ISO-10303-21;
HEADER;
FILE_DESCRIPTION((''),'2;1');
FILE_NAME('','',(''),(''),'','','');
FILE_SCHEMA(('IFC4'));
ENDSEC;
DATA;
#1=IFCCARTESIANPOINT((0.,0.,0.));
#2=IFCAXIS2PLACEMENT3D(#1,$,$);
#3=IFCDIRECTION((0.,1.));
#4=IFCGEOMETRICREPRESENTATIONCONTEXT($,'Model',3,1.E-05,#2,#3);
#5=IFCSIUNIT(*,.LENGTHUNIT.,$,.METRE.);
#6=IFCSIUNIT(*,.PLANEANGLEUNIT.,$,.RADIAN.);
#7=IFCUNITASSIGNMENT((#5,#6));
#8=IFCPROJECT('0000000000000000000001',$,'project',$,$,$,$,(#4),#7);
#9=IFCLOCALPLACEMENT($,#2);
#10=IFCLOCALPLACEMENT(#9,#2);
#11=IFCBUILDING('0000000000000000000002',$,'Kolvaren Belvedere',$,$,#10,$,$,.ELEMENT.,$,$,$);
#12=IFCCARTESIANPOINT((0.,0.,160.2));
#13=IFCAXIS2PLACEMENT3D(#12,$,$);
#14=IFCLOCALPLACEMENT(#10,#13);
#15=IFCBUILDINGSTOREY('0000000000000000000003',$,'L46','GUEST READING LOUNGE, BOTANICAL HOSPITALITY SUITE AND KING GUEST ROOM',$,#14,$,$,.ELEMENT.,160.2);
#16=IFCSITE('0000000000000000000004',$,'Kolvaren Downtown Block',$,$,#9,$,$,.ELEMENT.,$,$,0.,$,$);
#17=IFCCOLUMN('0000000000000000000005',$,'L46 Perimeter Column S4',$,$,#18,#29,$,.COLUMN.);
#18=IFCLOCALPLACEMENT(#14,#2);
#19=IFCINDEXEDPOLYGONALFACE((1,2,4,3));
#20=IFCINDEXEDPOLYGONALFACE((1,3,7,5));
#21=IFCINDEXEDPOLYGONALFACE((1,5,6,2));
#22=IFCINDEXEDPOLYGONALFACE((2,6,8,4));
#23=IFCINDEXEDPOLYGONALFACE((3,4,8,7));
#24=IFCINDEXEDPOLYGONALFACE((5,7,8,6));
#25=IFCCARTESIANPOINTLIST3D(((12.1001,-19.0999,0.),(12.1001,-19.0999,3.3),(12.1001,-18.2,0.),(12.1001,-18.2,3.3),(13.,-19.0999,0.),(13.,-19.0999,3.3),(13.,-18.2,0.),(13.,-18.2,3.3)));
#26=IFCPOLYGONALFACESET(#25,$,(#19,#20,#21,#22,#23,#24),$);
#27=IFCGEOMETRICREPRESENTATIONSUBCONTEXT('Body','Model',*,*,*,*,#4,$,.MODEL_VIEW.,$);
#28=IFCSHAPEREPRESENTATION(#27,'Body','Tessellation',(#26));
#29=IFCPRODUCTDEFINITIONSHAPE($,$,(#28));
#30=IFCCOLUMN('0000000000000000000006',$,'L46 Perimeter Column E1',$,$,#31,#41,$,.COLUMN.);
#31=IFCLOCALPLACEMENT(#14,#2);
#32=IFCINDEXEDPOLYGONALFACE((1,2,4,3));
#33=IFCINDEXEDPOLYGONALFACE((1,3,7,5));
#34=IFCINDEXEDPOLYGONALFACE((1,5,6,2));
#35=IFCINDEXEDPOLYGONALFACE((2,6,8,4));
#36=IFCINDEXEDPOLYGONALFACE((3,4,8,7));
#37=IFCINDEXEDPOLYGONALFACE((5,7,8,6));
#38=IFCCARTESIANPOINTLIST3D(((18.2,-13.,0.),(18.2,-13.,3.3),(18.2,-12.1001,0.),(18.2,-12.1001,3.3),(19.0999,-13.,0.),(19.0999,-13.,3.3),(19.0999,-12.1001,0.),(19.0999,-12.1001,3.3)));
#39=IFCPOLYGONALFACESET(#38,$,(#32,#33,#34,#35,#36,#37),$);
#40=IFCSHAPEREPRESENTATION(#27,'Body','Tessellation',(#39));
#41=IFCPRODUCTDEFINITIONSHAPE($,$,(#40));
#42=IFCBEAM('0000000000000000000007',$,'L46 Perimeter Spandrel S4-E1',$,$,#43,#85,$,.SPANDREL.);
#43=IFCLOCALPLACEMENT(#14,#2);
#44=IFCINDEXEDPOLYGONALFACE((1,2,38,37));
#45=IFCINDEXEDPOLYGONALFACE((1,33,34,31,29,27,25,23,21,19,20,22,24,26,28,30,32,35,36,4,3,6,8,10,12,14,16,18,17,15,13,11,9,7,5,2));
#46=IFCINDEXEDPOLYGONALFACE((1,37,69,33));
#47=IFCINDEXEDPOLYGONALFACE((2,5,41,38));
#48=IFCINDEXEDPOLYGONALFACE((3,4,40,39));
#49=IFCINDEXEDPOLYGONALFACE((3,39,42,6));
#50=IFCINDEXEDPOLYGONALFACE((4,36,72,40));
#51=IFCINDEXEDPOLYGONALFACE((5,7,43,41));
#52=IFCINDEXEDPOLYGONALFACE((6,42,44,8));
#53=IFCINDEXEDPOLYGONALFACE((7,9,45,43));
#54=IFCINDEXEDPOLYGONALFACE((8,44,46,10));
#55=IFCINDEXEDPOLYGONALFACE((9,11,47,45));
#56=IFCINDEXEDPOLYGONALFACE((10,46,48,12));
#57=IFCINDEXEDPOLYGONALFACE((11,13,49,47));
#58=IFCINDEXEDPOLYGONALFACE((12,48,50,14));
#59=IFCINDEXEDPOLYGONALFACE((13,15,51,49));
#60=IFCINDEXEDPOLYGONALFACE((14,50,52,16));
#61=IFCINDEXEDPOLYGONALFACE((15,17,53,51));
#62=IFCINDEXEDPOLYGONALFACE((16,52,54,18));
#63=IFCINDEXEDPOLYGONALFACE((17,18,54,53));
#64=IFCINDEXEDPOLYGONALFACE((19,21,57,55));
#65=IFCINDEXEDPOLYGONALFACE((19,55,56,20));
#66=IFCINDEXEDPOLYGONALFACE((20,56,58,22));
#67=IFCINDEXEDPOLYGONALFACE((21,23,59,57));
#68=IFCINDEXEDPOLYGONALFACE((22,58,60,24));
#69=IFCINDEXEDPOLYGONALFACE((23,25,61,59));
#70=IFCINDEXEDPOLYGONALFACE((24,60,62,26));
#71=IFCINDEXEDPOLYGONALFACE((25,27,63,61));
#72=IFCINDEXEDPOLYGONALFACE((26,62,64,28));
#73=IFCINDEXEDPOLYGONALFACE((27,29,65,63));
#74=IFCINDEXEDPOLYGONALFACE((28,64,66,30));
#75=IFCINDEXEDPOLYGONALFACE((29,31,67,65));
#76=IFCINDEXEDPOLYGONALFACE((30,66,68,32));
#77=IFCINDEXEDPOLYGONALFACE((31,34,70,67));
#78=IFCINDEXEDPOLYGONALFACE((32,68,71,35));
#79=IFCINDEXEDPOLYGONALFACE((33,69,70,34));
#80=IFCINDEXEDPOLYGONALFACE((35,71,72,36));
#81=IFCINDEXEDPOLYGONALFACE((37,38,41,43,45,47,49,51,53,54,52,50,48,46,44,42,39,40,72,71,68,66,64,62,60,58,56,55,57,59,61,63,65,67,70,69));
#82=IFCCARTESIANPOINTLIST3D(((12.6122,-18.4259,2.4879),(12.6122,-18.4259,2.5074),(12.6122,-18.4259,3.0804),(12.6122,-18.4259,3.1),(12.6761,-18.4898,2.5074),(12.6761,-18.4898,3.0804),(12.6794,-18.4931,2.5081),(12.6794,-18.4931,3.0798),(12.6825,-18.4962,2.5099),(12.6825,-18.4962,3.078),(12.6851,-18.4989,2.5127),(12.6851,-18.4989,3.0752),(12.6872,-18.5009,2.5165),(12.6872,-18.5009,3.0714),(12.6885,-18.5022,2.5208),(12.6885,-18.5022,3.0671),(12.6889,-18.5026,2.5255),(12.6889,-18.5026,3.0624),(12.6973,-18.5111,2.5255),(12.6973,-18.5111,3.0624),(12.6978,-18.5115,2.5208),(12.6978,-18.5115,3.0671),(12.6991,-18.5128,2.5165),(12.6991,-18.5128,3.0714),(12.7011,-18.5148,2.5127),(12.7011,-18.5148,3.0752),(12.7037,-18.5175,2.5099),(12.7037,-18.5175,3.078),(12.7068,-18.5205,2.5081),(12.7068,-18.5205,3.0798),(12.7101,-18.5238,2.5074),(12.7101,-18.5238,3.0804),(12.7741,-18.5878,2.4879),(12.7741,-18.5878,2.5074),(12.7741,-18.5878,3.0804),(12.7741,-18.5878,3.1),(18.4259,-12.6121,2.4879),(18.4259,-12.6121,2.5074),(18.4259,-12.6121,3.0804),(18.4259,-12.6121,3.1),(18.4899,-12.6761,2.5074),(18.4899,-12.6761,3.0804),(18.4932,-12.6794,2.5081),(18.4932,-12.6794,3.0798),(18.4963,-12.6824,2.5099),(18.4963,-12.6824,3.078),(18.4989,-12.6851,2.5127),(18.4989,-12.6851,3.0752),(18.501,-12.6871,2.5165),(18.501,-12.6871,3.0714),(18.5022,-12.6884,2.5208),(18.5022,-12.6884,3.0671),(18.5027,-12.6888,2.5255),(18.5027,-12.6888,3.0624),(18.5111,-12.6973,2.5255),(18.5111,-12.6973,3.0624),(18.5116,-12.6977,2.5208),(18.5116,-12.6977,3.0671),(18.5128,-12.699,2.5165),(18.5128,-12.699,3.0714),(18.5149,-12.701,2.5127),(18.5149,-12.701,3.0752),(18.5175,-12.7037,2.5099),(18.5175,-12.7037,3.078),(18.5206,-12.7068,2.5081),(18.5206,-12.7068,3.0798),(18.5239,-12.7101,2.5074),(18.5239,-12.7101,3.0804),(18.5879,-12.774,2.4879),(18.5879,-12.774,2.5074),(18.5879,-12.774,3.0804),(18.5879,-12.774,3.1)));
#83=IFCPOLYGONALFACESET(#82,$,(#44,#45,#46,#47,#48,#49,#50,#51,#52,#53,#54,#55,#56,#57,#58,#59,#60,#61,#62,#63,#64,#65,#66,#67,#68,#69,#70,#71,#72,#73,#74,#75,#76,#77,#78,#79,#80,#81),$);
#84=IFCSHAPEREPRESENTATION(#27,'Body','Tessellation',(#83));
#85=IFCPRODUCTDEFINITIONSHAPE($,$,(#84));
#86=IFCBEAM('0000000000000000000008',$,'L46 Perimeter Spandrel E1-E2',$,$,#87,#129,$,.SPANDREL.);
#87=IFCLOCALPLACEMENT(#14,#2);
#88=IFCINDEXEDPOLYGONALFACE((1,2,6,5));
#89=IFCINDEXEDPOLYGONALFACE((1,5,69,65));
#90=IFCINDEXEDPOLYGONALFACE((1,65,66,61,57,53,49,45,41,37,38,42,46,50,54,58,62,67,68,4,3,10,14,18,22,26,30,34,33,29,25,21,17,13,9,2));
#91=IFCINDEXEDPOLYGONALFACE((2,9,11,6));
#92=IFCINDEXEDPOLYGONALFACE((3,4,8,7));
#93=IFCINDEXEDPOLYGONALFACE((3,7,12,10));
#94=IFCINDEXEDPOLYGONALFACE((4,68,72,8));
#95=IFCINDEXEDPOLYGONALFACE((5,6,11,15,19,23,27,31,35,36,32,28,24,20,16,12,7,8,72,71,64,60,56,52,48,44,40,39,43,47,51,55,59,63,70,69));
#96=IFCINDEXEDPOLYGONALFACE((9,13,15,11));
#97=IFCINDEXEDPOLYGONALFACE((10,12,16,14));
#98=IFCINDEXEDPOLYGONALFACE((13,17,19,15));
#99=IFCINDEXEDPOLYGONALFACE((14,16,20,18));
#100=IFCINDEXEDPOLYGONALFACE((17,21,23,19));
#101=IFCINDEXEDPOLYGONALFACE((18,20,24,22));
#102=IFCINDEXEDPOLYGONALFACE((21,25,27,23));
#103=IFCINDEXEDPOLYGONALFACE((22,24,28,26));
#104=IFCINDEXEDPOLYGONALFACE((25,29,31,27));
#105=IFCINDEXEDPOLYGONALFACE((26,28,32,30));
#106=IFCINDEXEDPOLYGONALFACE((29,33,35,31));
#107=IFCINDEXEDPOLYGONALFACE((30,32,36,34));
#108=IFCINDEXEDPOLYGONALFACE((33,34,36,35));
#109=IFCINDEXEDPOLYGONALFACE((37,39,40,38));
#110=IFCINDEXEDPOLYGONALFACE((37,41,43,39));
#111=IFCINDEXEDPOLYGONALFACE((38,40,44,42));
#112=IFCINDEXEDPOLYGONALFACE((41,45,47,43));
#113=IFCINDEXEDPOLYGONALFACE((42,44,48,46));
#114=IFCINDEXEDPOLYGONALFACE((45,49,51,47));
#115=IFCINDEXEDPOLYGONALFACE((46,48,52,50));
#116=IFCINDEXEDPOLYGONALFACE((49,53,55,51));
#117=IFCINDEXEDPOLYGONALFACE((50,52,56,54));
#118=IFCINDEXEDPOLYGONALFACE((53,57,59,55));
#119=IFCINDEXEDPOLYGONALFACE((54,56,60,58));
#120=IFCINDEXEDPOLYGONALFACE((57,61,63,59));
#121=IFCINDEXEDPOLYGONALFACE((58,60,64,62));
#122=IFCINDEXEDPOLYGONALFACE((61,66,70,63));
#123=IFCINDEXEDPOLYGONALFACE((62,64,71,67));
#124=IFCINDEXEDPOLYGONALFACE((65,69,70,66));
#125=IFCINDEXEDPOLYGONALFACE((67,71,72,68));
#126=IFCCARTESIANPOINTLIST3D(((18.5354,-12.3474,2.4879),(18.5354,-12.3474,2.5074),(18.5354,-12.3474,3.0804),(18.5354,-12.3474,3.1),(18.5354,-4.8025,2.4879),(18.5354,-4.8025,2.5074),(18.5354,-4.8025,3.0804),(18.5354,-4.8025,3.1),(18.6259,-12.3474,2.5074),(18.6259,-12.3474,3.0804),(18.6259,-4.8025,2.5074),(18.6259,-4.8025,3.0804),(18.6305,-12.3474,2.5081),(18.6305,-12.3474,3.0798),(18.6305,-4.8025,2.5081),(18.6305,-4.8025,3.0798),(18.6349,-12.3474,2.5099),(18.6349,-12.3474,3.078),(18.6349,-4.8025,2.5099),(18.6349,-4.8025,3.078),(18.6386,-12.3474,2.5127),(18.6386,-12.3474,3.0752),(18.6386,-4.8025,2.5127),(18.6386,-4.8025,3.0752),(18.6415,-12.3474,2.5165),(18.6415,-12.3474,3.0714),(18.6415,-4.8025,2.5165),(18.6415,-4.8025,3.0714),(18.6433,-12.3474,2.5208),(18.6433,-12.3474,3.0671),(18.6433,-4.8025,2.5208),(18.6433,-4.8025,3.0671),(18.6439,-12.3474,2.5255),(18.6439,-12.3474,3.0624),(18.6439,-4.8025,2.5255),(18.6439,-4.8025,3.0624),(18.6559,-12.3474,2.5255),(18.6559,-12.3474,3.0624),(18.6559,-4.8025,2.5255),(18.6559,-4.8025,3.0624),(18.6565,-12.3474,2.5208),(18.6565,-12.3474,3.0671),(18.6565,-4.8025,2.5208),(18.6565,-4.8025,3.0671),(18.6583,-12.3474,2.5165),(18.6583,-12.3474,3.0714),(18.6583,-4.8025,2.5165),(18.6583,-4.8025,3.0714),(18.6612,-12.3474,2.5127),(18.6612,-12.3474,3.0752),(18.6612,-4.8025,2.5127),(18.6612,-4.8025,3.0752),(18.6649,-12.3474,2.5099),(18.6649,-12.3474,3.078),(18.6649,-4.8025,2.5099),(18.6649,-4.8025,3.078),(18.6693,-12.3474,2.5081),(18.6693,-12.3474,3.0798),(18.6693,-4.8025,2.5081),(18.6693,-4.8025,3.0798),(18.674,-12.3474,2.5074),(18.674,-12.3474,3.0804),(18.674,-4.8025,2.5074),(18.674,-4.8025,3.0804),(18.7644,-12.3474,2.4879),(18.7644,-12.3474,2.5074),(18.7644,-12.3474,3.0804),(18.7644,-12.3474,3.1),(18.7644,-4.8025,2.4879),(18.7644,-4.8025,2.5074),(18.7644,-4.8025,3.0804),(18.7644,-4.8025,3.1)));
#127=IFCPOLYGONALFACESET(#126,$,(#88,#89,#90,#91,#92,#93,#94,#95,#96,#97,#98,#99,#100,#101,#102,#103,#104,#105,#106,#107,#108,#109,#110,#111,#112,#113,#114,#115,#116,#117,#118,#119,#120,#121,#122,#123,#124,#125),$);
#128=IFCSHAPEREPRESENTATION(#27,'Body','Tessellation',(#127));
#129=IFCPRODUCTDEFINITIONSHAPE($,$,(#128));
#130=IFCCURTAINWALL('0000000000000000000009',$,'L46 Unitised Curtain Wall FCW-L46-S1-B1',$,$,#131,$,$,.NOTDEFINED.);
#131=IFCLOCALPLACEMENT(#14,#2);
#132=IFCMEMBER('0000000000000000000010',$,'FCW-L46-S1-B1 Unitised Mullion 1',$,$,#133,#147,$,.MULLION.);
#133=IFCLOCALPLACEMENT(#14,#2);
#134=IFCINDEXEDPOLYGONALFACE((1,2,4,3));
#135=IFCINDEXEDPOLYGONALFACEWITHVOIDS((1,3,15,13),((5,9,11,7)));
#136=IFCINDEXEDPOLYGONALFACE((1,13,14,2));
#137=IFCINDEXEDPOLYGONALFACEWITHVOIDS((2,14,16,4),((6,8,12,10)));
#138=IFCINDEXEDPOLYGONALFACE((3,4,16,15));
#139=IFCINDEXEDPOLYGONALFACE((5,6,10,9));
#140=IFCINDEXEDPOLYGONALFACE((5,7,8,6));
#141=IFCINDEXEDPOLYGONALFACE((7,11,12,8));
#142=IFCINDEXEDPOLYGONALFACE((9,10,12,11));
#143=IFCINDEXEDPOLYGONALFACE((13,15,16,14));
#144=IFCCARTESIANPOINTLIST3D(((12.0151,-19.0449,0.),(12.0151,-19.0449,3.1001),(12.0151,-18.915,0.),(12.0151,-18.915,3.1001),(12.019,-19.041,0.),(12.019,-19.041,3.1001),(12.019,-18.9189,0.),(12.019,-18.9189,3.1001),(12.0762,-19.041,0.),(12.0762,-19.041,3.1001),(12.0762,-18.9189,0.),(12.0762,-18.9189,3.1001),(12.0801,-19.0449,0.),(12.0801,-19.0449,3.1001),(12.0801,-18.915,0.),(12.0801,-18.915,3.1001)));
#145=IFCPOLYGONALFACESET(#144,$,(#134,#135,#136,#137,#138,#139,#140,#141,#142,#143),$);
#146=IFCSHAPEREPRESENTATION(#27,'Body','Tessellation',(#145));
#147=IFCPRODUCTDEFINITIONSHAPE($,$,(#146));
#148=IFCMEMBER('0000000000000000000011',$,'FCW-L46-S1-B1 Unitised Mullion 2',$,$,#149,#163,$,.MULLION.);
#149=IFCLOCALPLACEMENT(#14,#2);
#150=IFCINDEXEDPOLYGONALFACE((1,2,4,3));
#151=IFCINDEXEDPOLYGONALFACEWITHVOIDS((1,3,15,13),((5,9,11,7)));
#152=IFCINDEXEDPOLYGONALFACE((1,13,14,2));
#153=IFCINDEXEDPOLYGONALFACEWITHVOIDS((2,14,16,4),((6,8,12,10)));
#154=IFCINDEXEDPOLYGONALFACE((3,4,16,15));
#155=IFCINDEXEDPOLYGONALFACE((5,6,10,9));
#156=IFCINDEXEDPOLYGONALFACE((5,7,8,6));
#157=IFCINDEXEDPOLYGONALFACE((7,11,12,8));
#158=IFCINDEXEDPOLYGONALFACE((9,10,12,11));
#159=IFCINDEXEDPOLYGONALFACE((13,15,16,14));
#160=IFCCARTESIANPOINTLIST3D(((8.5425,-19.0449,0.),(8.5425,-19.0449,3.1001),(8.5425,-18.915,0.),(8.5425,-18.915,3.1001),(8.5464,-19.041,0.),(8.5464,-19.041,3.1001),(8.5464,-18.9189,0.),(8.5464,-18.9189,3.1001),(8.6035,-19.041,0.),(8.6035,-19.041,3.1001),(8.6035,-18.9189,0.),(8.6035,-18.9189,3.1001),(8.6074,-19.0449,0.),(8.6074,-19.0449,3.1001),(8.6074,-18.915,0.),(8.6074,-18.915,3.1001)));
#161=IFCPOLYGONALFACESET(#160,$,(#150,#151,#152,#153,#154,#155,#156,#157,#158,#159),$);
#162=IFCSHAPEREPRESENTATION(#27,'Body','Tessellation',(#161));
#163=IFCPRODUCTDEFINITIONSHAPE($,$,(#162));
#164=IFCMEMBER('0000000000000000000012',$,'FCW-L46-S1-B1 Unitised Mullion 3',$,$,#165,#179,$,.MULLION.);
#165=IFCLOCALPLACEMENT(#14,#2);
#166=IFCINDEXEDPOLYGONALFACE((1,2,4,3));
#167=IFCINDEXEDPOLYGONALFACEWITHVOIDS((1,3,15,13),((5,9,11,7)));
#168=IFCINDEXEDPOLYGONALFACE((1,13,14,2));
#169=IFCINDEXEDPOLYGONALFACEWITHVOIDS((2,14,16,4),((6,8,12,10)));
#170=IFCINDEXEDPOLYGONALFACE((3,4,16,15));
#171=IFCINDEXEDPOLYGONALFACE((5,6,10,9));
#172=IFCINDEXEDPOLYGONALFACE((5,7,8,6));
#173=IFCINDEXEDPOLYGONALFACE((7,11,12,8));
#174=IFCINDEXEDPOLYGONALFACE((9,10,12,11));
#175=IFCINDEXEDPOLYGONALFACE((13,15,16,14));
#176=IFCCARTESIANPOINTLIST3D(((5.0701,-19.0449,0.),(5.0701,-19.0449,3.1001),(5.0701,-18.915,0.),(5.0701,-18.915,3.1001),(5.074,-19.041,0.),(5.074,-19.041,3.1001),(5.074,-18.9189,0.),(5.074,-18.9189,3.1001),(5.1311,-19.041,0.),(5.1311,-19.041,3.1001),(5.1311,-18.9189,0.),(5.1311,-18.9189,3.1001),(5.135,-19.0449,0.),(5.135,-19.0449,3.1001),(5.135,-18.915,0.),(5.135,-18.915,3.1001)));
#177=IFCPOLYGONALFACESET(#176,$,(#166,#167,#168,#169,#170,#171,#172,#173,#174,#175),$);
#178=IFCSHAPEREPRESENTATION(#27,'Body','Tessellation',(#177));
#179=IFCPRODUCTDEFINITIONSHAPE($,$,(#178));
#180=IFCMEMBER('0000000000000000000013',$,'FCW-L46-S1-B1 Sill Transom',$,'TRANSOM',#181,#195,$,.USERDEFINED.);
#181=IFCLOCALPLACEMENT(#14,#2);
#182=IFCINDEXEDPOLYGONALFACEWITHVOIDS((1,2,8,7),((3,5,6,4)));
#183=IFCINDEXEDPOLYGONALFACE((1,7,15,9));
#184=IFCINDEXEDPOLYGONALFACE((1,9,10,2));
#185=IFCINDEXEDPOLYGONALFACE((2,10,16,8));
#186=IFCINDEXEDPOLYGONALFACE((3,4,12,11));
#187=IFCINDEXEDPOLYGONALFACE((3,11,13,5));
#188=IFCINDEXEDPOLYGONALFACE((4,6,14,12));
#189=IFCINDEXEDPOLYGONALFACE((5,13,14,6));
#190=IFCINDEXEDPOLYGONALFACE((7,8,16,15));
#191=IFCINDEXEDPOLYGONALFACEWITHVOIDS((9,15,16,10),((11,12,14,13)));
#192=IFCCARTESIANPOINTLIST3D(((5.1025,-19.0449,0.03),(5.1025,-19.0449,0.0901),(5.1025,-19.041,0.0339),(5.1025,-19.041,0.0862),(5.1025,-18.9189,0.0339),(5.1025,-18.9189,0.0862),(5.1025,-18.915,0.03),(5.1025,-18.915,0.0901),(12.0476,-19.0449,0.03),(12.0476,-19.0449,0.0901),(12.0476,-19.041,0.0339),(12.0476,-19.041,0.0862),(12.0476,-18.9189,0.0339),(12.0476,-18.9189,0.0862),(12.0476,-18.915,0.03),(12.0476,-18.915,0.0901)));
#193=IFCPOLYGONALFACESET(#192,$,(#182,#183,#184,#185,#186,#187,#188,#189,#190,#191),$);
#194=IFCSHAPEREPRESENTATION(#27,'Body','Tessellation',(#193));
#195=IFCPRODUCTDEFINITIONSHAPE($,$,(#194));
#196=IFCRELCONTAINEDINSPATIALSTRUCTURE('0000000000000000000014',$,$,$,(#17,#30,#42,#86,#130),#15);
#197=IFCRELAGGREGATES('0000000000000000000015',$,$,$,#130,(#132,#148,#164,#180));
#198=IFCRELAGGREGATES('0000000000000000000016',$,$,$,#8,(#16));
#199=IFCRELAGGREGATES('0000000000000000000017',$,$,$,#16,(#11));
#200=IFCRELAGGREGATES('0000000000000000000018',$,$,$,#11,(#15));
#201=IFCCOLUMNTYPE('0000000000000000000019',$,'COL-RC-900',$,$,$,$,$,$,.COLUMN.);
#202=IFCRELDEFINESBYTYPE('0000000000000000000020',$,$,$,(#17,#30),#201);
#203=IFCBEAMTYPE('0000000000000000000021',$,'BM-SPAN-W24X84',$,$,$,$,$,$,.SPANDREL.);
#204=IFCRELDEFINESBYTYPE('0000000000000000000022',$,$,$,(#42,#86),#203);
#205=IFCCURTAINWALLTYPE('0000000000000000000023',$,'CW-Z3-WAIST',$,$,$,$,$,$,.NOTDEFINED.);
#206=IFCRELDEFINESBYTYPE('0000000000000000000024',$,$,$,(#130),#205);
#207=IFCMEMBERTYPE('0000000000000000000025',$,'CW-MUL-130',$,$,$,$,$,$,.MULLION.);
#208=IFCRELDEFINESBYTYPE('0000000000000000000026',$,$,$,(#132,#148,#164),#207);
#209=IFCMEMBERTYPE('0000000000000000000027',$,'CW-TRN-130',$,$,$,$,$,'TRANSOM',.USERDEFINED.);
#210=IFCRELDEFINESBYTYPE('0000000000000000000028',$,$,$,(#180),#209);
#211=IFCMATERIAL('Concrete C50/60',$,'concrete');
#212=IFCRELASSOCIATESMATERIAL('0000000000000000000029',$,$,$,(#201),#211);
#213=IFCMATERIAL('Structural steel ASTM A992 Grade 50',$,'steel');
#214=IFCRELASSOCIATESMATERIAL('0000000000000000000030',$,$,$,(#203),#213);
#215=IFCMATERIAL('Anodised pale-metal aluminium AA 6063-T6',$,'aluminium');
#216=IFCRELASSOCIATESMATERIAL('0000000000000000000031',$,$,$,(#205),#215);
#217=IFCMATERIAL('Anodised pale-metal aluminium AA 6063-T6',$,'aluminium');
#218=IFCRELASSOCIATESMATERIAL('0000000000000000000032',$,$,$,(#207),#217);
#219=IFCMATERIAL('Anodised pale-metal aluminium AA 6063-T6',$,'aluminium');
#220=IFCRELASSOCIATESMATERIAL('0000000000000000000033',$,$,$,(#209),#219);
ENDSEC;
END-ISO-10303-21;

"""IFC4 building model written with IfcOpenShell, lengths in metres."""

from ifc_helpers import new_model, si_unit, direction, frame, origin, origin_2d, place, context, subcontext, project, spatial, rectangle, hollow_rectangle, i_section, extrude, material, material_profile, profile_set, type_object, element, aggregate, save


model = new_model("IFC4")

# Units and contexts
model_context = context("Model", 3, precision=1e-05, world=origin(), true_north=direction((0.0, 1.0)))
body_context = subcontext(model_context, "Body", "Model", "MODEL_VIEW")
ifc_project = project(units=[si_unit("LENGTHUNIT", "METRE"), si_unit("PLANEANGLEUNIT", "RADIAN")], contexts=[model_context])

# Site, building, storey
site_placement = place(None, origin())
site = spatial("IfcSite", under=ifc_project, at=site_placement, Name="Kolvaren Downtown Block", CompositionType="ELEMENT", RefElevation=0.0)
building_placement = place(site_placement, origin())
building = spatial("IfcBuilding", under=site, at=building_placement, Name="Kolvaren Belvedere", CompositionType="ELEMENT")
storey_placement = place(building_placement, frame((0.0, 0.0, 160.2)))
storey = spatial("IfcBuildingStorey", under=building, at=storey_placement, Name="L46", Description="GUEST READING LOUNGE, BOTANICAL HOSPITALITY SUITE AND KING GUEST ROOM", CompositionType="ELEMENT", Elevation=160.2)

# Columns
ifc_material_1 = material(Name="Concrete C50/60", Category="concrete")
ifc_material_profile_1 = material_profile(ifc_material_1, rectangle(XDim=0.8999, YDim=0.8999, at=origin_2d()), Name="RC 900X900")
ifc_profile_set_1 = profile_set([ifc_material_profile_1], Name="Concrete C50/60")
column_type = type_object("IfcColumnType", Name="COL-RC-900", PredefinedType="COLUMN", material=ifc_profile_set_1)
for number, where, z_axis, x_axis, name in (
    (1, (12.55, -18.6499, 0.0), (0.0, 0.0, 1.0), (1.0, 0.0, 0.0), "L46 Perimeter Column S4"),
    (2, (18.6499, -12.55, 0.0), (0.0, 0.0, 1.0), (1.0, 0.0, 0.0), "L46 Perimeter Column E1"),
):
    element("IfcColumn", number, at=place(storey_placement, frame(where, z_axis=z_axis, x_axis=x_axis)), inside=storey, type_object=column_type, Name=name, PredefinedType="COLUMN", context=body_context, shape_type="SweptSolid", body=[
        extrude(rectangle(XDim=0.8999, YDim=0.8999, at=origin_2d()), origin(), (0.0, 0.0, 1.0), 3.3),
    ])

# Beams
ifc_material_2 = material(Name="Structural steel ASTM A992 Grade 50", Category="steel")
ifc_material_profile_2 = material_profile(ifc_material_2, i_section(OverallWidth=0.229, OverallDepth=0.6121, WebThickness=0.012, FlangeThickness=0.0195, FilletRadius=0.0181, at=origin_2d()), Name="W24X84")
ifc_profile_set_2 = profile_set([ifc_material_profile_2], Name="Structural steel ASTM A992 Grade 50")
beam_type = type_object("IfcBeamType", Name="BM-SPAN-W24X84", PredefinedType="SPANDREL", material=ifc_profile_set_2)
beam_1_placement = place(storey_placement, frame((12.6931, -18.5068, 2.7939), z_axis=(0.707107, 0.707107, 0.0), x_axis=(-0.707107, 0.707107, 0.0)))
element("IfcBeam", 3, at=beam_1_placement, inside=storey, type_object=beam_type, Name="L46 Perimeter Spandrel S4-E1", PredefinedType="SPANDREL", context=body_context, shape_type="SweptSolid", body=[
    extrude(i_section(OverallWidth=0.229, OverallDepth=0.6121, WebThickness=0.012, FlangeThickness=0.0195, FilletRadius=0.0181, at=origin_2d()), origin(), (0.0, 0.0, 1.0), 8.2219),
])
beam_2_placement = place(storey_placement, frame((18.6499, -12.3474, 2.7939), z_axis=(0.0, 1.0, 0.0), x_axis=(-1.0, 0.0, 0.0)))
element("IfcBeam", 4, at=beam_2_placement, inside=storey, type_object=beam_type, Name="L46 Perimeter Spandrel E1-E2", PredefinedType="SPANDREL", context=body_context, shape_type="SweptSolid", body=[
    extrude(i_section(OverallWidth=0.229, OverallDepth=0.6121, WebThickness=0.012, FlangeThickness=0.0195, FilletRadius=0.0181, at=origin_2d()), origin(), (0.0, 0.0, 1.0), 7.5449),
])

# Curtain wall, members
ifc_material_3 = material(Name="Anodised pale-metal aluminium AA 6063-T6", Category="aluminium")
curtain_wall_type = type_object("IfcCurtainWallType", Name="CW-Z3-WAIST", PredefinedType="NOTDEFINED", material=ifc_material_3)
curtain_wall_placement = place(storey_placement, origin())
curtain_wall = element("IfcCurtainWall", 5, at=curtain_wall_placement, inside=storey, type_object=curtain_wall_type, Name="L46 Unitised Curtain Wall FCW-L46-S1-B1", PredefinedType="NOTDEFINED")
ifc_material_4 = material(Name="Anodised pale-metal aluminium AA 6063-T6", Category="aluminium")
ifc_material_profile_3 = material_profile(ifc_material_4, hollow_rectangle(XDim=0.0649, YDim=0.1299, WallThickness=0.0039, at=origin_2d()), Name="ALU-MUL-130X65")
ifc_profile_set_3 = profile_set([ifc_material_profile_3], Name="Anodised pale-metal aluminium AA 6063-T6")
member_type_1 = type_object("IfcMemberType", Name="CW-MUL-130", PredefinedType="MULLION", material=ifc_profile_set_3)
member_1_placement = place(storey_placement, frame((12.0476, -18.98, 0.0), z_axis=(0.0, 0.0, 1.0), x_axis=(1.0, 0.0, 0.0)))
member_1 = element("IfcMember", 6, at=member_1_placement, type_object=member_type_1, Name="FCW-L46-S1-B1 Unitised Mullion 1", PredefinedType="MULLION", context=body_context, shape_type="SweptSolid", body=[
    extrude(hollow_rectangle(XDim=0.0649, YDim=0.1299, WallThickness=0.0039, at=origin_2d()), origin(), (0.0, 0.0, 1.0), 3.1001),
])
member_2_placement = place(storey_placement, frame((8.575, -18.98, 0.0), z_axis=(0.0, 0.0, 1.0), x_axis=(1.0, 0.0, 0.0)))
member_2 = element("IfcMember", 7, at=member_2_placement, type_object=member_type_1, Name="FCW-L46-S1-B1 Unitised Mullion 2", PredefinedType="MULLION", context=body_context, shape_type="SweptSolid", body=[
    extrude(hollow_rectangle(XDim=0.0649, YDim=0.1299, WallThickness=0.0039, at=origin_2d()), origin(), (0.0, 0.0, 1.0), 3.1001),
])
member_3_placement = place(storey_placement, frame((5.1025, -18.98, 0.0), z_axis=(0.0, 0.0, 1.0), x_axis=(1.0, 0.0, 0.0)))
member_3 = element("IfcMember", 8, at=member_3_placement, type_object=member_type_1, Name="FCW-L46-S1-B1 Unitised Mullion 3", PredefinedType="MULLION", context=body_context, shape_type="SweptSolid", body=[
    extrude(hollow_rectangle(XDim=0.0649, YDim=0.1299, WallThickness=0.0039, at=origin_2d()), origin(), (0.0, 0.0, 1.0), 3.1001),
])
ifc_material_5 = material(Name="Anodised pale-metal aluminium AA 6063-T6", Category="aluminium")
ifc_material_profile_4 = material_profile(ifc_material_5, hollow_rectangle(XDim=0.0601, YDim=0.1299, WallThickness=0.0039, at=origin_2d()), Name="ALU-TRN-130X60")
ifc_profile_set_4 = profile_set([ifc_material_profile_4], Name="Anodised pale-metal aluminium AA 6063-T6")
member_type_2 = type_object("IfcMemberType", Name="CW-TRN-130", ElementType="TRANSOM", PredefinedType="USERDEFINED", material=ifc_profile_set_4)
member_4_placement = place(storey_placement, frame((12.0476, -18.98, 0.0601), z_axis=(-1.0, 0.0, 0.0), x_axis=(0.0, 0.0, 1.0)))
member_4 = element("IfcMember", 9, at=member_4_placement, type_object=member_type_2, Name="FCW-L46-S1-B1 Sill Transom", ObjectType="TRANSOM", PredefinedType="USERDEFINED", context=body_context, shape_type="SweptSolid", body=[
    extrude(hollow_rectangle(XDim=0.0601, YDim=0.1299, WallThickness=0.0039, at=origin_2d()), origin(), (0.0, 0.0, 1.0), 6.9451),
])
aggregate(curtain_wall, [member_1, member_2, member_3, member_4])

save(model, "model.ifc")
